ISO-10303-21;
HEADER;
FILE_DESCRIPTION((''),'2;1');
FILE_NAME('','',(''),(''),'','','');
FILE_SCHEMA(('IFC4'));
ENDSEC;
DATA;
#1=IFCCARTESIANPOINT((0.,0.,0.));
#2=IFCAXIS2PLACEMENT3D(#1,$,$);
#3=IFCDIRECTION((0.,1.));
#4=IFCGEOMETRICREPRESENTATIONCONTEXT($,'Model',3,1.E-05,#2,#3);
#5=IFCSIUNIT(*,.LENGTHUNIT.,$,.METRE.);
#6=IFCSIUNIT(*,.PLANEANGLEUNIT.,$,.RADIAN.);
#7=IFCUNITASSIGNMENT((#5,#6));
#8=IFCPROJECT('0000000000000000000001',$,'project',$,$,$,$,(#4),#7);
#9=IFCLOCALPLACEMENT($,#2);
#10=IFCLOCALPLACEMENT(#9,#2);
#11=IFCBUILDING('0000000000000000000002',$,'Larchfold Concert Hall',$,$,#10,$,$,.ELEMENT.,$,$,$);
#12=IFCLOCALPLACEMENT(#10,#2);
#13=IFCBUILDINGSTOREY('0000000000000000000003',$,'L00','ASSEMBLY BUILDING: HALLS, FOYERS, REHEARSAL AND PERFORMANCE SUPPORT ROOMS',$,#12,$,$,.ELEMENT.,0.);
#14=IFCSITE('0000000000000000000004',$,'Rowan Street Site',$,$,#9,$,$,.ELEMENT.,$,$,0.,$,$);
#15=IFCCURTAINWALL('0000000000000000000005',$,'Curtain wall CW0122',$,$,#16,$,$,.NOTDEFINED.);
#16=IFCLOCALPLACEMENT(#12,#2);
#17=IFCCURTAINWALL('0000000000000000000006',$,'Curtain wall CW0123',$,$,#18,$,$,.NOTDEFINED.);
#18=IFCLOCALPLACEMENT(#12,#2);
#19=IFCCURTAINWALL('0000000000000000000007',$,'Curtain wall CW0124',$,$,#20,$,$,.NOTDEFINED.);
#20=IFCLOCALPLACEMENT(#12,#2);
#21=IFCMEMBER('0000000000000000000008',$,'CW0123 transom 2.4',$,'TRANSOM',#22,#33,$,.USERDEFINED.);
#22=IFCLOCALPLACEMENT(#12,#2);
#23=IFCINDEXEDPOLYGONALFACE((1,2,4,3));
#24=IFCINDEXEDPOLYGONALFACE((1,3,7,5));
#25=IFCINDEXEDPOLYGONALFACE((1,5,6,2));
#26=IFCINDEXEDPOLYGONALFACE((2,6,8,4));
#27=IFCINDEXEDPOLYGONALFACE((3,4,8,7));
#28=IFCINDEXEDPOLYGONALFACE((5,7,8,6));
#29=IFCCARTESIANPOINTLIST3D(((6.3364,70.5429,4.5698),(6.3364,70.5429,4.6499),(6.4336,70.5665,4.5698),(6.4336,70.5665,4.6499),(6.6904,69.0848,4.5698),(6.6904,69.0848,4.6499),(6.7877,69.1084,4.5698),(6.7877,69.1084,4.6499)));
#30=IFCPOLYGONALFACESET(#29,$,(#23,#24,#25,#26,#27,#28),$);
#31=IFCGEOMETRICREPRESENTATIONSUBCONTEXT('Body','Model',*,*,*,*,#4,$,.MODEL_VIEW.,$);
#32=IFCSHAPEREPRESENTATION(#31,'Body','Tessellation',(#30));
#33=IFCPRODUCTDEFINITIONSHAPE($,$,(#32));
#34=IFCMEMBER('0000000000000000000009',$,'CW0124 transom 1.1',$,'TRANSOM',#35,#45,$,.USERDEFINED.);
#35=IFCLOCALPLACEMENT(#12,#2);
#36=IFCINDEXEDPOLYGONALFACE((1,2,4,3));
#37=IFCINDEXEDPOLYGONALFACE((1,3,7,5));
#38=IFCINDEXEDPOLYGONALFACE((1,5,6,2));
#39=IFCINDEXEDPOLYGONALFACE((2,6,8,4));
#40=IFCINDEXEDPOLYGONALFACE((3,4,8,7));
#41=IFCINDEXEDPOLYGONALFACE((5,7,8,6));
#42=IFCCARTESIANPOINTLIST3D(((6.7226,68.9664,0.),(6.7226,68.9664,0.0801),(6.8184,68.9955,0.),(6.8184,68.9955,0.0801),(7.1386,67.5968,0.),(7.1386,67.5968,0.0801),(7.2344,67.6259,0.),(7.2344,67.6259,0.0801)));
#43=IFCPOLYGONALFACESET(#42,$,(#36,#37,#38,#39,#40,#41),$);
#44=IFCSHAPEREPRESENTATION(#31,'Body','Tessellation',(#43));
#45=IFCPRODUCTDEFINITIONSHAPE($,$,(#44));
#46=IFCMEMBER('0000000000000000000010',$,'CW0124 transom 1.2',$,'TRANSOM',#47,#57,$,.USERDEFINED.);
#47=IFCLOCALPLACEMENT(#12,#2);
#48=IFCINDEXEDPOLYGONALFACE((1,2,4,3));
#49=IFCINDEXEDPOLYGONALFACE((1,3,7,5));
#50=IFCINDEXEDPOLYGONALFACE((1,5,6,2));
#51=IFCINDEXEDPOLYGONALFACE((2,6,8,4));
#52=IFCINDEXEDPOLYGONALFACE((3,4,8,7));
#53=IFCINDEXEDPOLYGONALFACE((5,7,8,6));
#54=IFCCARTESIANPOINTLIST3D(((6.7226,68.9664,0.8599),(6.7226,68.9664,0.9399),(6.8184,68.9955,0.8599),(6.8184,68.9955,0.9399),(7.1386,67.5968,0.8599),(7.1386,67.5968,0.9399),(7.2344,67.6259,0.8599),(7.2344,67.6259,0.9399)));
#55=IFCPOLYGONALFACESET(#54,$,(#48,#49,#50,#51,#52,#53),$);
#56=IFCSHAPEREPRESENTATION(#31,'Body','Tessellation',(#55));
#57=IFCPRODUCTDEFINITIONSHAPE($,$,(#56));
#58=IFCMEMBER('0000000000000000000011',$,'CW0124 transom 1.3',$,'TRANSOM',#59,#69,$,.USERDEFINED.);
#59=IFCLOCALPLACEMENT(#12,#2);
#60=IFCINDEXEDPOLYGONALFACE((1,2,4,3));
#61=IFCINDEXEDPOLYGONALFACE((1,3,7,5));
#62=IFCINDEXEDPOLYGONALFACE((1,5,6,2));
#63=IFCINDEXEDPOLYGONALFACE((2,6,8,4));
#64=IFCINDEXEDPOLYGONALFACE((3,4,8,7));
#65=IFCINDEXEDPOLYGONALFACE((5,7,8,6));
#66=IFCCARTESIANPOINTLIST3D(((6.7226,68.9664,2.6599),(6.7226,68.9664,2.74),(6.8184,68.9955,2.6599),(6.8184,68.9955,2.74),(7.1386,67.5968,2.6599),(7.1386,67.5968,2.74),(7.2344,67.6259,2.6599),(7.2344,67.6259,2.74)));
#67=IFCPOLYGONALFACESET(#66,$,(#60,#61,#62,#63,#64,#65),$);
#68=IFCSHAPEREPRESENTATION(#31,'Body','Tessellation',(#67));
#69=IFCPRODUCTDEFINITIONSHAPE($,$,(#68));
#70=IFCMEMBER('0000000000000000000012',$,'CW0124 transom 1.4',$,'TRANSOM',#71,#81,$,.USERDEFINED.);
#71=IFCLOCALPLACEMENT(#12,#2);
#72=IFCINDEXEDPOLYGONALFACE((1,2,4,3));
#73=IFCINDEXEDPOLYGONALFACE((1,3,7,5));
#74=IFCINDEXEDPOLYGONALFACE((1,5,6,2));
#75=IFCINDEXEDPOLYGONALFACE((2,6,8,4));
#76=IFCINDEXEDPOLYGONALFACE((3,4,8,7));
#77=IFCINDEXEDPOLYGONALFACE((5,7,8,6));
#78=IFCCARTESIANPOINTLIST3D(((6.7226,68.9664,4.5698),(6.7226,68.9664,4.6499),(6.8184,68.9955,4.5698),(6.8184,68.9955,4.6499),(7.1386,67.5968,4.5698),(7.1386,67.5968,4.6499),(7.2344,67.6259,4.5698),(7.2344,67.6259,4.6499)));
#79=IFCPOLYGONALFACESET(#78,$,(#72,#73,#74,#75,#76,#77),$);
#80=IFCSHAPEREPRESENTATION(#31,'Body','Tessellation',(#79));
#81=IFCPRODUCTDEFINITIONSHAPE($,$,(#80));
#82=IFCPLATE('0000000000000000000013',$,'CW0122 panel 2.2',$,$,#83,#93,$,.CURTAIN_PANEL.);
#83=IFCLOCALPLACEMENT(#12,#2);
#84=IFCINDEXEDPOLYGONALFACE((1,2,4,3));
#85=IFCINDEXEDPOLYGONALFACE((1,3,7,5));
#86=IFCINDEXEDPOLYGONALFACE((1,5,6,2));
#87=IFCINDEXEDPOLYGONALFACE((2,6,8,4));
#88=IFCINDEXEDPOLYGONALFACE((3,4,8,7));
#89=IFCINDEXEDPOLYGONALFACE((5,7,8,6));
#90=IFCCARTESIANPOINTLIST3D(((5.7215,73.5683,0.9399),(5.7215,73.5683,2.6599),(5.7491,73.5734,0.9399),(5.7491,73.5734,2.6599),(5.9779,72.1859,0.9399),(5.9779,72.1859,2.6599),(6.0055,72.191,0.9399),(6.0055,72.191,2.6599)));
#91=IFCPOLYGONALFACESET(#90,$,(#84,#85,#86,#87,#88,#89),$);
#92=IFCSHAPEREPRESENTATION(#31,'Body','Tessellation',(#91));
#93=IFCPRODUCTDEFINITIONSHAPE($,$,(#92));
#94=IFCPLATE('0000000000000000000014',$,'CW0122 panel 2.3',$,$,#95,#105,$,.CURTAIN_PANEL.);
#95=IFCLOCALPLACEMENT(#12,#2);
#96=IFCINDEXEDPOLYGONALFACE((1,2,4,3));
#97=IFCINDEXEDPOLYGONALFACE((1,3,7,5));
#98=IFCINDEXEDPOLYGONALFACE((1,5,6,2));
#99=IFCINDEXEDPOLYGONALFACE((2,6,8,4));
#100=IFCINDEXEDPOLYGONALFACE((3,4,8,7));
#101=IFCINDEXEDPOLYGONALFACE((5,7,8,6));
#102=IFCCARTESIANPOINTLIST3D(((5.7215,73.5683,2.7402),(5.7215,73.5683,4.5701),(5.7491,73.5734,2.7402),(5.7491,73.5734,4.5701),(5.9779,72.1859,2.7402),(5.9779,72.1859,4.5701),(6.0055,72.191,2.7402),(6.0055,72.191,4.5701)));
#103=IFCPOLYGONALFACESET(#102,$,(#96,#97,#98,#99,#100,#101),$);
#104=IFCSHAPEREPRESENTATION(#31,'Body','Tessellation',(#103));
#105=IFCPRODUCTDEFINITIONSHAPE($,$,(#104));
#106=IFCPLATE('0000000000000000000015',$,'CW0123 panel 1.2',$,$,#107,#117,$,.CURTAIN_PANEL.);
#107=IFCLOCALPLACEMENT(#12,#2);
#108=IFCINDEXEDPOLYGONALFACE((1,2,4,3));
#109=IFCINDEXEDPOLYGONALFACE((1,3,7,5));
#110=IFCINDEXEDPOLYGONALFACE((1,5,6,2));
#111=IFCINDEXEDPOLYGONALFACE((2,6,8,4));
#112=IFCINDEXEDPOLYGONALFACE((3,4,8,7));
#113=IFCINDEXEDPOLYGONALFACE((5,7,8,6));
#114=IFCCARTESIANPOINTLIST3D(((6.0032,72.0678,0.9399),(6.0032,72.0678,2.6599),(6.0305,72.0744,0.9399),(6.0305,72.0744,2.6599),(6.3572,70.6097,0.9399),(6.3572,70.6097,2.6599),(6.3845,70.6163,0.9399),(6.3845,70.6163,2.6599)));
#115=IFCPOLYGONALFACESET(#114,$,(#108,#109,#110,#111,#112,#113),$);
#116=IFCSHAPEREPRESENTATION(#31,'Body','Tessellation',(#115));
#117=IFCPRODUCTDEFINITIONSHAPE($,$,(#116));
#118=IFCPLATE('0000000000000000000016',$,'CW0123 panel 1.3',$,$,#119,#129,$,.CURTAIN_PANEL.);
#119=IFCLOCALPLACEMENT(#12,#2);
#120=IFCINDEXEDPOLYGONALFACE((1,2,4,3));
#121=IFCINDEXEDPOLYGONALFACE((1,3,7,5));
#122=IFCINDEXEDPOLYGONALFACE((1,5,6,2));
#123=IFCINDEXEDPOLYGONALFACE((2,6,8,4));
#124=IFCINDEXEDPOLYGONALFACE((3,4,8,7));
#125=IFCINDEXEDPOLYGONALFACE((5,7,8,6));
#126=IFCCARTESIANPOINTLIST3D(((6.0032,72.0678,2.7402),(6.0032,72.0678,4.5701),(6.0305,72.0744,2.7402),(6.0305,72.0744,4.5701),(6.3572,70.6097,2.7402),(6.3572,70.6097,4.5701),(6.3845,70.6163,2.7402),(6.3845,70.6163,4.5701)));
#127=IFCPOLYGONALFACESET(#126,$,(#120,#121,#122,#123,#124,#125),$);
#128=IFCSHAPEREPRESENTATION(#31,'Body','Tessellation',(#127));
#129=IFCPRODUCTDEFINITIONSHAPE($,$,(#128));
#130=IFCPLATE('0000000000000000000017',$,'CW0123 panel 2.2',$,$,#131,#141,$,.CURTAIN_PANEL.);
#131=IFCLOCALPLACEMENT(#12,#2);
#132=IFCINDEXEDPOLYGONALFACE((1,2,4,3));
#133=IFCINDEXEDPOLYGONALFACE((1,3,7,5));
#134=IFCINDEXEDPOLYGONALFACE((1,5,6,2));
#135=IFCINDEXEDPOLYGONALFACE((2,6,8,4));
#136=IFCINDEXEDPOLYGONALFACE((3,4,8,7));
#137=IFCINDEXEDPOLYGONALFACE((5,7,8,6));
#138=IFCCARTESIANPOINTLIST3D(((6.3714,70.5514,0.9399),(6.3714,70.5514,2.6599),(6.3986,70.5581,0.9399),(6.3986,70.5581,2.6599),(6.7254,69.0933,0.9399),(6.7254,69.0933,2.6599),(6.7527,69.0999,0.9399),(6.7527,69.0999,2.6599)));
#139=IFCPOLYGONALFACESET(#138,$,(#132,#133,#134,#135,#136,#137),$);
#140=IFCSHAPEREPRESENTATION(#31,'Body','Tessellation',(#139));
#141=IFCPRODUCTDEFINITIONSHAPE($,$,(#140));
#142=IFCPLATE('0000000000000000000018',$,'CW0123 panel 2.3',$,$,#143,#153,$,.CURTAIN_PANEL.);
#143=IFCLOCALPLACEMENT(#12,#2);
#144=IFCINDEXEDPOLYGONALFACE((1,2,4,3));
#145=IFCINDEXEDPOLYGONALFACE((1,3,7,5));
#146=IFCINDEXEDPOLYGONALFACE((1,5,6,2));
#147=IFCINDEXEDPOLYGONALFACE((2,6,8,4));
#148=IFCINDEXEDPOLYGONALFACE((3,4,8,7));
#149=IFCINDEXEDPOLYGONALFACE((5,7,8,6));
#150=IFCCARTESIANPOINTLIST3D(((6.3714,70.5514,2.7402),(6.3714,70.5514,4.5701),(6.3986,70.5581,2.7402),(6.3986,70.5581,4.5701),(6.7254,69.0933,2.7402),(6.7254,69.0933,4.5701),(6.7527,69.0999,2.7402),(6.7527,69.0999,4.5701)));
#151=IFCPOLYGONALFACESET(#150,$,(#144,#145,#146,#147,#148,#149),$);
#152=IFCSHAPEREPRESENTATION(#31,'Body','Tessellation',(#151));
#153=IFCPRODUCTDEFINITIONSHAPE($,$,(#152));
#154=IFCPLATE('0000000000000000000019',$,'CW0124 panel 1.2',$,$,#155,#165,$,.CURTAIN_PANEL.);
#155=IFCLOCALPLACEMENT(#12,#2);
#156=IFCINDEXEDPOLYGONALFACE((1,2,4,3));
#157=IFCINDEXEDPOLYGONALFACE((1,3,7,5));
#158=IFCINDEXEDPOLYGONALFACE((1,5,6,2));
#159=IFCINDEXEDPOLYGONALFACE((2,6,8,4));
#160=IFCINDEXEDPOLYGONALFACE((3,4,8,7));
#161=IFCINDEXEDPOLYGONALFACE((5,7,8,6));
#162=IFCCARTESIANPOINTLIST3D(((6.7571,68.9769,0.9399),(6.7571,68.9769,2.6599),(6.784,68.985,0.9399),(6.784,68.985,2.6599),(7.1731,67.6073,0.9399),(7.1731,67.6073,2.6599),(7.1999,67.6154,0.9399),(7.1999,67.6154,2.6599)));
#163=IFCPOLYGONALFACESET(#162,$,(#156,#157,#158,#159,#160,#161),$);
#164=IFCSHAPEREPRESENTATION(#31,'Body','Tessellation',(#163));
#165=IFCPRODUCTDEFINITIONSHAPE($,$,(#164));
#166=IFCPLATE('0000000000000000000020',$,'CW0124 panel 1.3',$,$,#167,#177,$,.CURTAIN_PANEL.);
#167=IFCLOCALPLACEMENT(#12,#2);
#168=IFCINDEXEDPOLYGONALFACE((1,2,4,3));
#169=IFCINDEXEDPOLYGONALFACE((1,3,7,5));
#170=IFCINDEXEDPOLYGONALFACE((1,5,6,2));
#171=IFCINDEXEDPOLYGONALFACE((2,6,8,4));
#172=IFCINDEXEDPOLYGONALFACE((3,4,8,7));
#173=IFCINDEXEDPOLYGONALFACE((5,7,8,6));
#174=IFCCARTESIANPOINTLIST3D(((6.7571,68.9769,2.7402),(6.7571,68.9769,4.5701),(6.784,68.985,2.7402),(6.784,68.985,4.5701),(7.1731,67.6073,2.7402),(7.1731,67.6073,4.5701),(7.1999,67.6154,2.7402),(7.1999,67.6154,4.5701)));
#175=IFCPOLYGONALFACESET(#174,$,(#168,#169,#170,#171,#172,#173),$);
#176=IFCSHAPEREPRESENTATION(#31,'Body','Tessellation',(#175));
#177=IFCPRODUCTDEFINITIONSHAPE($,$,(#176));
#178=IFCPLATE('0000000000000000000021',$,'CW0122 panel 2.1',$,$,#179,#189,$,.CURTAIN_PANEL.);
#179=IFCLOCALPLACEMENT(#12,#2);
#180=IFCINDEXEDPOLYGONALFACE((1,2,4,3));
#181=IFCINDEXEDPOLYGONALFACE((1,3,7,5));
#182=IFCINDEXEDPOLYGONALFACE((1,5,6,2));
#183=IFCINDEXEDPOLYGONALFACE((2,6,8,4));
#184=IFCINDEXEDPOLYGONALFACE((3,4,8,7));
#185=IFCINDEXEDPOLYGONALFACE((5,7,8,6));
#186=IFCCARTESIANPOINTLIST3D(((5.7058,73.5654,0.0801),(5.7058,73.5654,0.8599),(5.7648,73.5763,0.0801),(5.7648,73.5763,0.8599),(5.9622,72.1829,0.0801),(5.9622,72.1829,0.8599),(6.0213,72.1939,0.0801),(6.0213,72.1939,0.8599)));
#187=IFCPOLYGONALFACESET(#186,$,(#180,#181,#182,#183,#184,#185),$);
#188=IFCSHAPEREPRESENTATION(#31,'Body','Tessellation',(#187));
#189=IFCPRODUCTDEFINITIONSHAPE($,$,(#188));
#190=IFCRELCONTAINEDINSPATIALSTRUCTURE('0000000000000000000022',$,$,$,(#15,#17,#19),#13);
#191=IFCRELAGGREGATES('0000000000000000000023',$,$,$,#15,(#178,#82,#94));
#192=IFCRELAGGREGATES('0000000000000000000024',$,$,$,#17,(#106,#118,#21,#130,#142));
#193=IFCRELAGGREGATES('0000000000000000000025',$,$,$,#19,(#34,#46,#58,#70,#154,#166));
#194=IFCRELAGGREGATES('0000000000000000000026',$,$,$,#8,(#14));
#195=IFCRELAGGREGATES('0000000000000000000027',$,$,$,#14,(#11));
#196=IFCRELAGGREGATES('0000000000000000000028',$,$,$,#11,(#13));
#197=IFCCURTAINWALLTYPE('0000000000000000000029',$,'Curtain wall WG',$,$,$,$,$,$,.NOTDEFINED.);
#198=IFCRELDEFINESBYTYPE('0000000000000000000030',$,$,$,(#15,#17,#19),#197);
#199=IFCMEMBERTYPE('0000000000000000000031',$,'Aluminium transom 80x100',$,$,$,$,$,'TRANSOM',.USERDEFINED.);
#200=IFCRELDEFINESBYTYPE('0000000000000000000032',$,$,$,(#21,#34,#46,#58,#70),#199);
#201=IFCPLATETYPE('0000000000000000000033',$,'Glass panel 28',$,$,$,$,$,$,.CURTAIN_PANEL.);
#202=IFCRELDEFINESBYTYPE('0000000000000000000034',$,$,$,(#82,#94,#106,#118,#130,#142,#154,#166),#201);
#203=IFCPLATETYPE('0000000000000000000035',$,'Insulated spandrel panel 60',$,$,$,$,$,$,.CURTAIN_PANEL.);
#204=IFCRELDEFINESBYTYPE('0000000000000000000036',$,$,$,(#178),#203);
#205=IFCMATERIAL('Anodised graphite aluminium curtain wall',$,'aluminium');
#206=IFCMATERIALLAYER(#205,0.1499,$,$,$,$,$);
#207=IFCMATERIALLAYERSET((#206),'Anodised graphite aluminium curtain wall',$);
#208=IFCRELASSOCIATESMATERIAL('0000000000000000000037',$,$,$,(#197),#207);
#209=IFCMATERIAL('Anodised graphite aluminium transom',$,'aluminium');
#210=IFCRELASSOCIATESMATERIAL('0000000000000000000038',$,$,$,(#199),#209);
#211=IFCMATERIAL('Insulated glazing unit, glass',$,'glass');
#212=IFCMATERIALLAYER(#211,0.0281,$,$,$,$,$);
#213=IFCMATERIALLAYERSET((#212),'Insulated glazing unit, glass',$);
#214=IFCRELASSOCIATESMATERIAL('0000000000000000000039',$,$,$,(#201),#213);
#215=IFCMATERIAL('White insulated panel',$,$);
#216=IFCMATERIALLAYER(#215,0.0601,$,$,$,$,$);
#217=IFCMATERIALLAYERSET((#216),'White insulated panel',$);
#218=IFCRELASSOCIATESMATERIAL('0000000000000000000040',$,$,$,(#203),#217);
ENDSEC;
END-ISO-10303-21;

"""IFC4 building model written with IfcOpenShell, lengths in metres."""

from ifc_helpers import new_model, si_unit, direction, frame, origin, origin_2d, place, context, subcontext, project, spatial, rectangle, extrude, material, layer, layer_set, material_profile, profile_set, type_object, element, aggregate, save


model = new_model("IFC4")

# Units and contexts
model_context = context("Model", 3, precision=1e-05, world=origin(), true_north=direction((0.0, 1.0)))
body_context = subcontext(model_context, "Body", "Model", "MODEL_VIEW")
ifc_project = project(units=[si_unit("LENGTHUNIT", "METRE"), si_unit("PLANEANGLEUNIT", "RADIAN")], contexts=[model_context])

# Site, building, storey
site_placement = place(None, origin())
site = spatial("IfcSite", under=ifc_project, at=site_placement, Name="Rowan Street Site", CompositionType="ELEMENT", RefElevation=0.0)
building_placement = place(site_placement, origin())
building = spatial("IfcBuilding", under=site, at=building_placement, Name="Larchfold Concert Hall", CompositionType="ELEMENT")
storey_placement = place(building_placement, origin())
storey = spatial("IfcBuildingStorey", under=building, at=storey_placement, Name="L00", Description="ASSEMBLY BUILDING: HALLS, FOYERS, REHEARSAL AND PERFORMANCE SUPPORT ROOMS", CompositionType="ELEMENT", Elevation=0.0)

# Curtain wall
ifc_material_1 = material(Name="Anodised graphite aluminium curtain wall", Category="aluminium")
ifc_layer_1 = layer(ifc_material_1, 0.1499)
ifc_layer_set_1 = layer_set([ifc_layer_1], Name="Anodised graphite aluminium curtain wall")
curtain_wall_type = type_object("IfcCurtainWallType", Name="Curtain wall WG", PredefinedType="NOTDEFINED", material=ifc_layer_set_1)
curtain_wall_1_placement = place(storey_placement, origin())
curtain_wall_1 = element("IfcCurtainWall", 1, at=curtain_wall_1_placement, inside=storey, type_object=curtain_wall_type, Name="Curtain wall CW0122", PredefinedType="NOTDEFINED")

# Curtain wall
curtain_wall_2_placement = place(storey_placement, origin())
curtain_wall_2 = element("IfcCurtainWall", 2, at=curtain_wall_2_placement, inside=storey, type_object=curtain_wall_type, Name="Curtain wall CW0123", PredefinedType="NOTDEFINED")

# Curtain wall
curtain_wall_3_placement = place(storey_placement, origin())
curtain_wall_3 = element("IfcCurtainWall", 3, at=curtain_wall_3_placement, inside=storey, type_object=curtain_wall_type, Name="Curtain wall CW0124", PredefinedType="NOTDEFINED")

# Members
ifc_material_2 = material(Name="Anodised graphite aluminium transom", Category="aluminium")
ifc_material_profile_1 = material_profile(ifc_material_2, rectangle(XDim=0.1001, YDim=0.0801, at=origin_2d()))
ifc_profile_set_1 = profile_set([ifc_material_profile_1], Name="Anodised graphite aluminium transom")
member_type_1 = type_object("IfcMemberType", Name="Aluminium transom 80x100", ElementType="TRANSOM", PredefinedType="USERDEFINED", material=ifc_profile_set_1)
member_1_placement = place(storey_placement, frame((6.385, 70.5547, 4.6099), z_axis=(0.235945, -0.971766, 0.0), x_axis=(0.971766, 0.235945, 0.0)))
member_1 = element("IfcMember", 4, at=member_1_placement, type_object=member_type_1, Name="CW0123 transom 2.4", ObjectType="TRANSOM", PredefinedType="USERDEFINED", context=body_context, shape_type="SweptSolid", body=[
    extrude(rectangle(XDim=0.1001, YDim=0.0801, at=origin_2d()), origin(), (0.0, 0.0, 1.0), 1.5005),
])
member_2_placement = place(storey_placement, frame((6.7705, 68.981, 0.04), z_axis=(0.290632, -0.956835, 0.0), x_axis=(0.956835, 0.290632, 0.0)))
member_2 = element("IfcMember", 5, at=member_2_placement, type_object=member_type_1, Name="CW0124 transom 1.1", ObjectType="TRANSOM", PredefinedType="USERDEFINED", context=body_context, shape_type="SweptSolid", body=[
    extrude(rectangle(XDim=0.1001, YDim=0.0801, at=origin_2d()), origin(), (0.0, 0.0, 1.0), 1.4314),
])
member_3_placement = place(storey_placement, frame((6.7705, 68.981, 0.8999), z_axis=(0.290632, -0.956835, 0.0), x_axis=(0.956835, 0.290632, 0.0)))
member_3 = element("IfcMember", 6, at=member_3_placement, type_object=member_type_1, Name="CW0124 transom 1.2", ObjectType="TRANSOM", PredefinedType="USERDEFINED", context=body_context, shape_type="SweptSolid", body=[
    extrude(rectangle(XDim=0.1001, YDim=0.0801, at=origin_2d()), origin(), (0.0, 0.0, 1.0), 1.4314),
])
member_4_placement = place(storey_placement, frame((6.7705, 68.981, 2.7), z_axis=(0.290632, -0.956835, 0.0), x_axis=(0.956835, 0.290632, 0.0)))
member_4 = element("IfcMember", 7, at=member_4_placement, type_object=member_type_1, Name="CW0124 transom 1.3", ObjectType="TRANSOM", PredefinedType="USERDEFINED", context=body_context, shape_type="SweptSolid", body=[
    extrude(rectangle(XDim=0.1001, YDim=0.0801, at=origin_2d()), origin(), (0.0, 0.0, 1.0), 1.4314),
])
member_5_placement = place(storey_placement, frame((6.7705, 68.981, 4.6099), z_axis=(0.290632, -0.956835, 0.0), x_axis=(0.956835, 0.290632, 0.0)))
member_5 = element("IfcMember", 8, at=member_5_placement, type_object=member_type_1, Name="CW0124 transom 1.4", ObjectType="TRANSOM", PredefinedType="USERDEFINED", context=body_context, shape_type="SweptSolid", body=[
    extrude(rectangle(XDim=0.1001, YDim=0.0801, at=origin_2d()), origin(), (0.0, 0.0, 1.0), 1.4314),
])

# Plates
ifc_material_3 = material(Name="Insulated glazing unit, glass", Category="glass")
ifc_layer_2 = layer(ifc_material_3, 0.0281)
ifc_layer_set_2 = layer_set([ifc_layer_2], Name="Insulated glazing unit, glass")
plate_type_1 = type_object("IfcPlateType", Name="Glass panel 28", PredefinedType="CURTAIN_PANEL", material=ifc_layer_set_2)
plate_1_placement = place(storey_placement, frame((5.8635, 72.8796, 0.9399), z_axis=(0.0, 0.0, 1.0), x_axis=(0.182367, -0.983231, 0.0)))
plate_1 = element("IfcPlate", 9, at=plate_1_placement, type_object=plate_type_1, Name="CW0122 panel 2.2", PredefinedType="CURTAIN_PANEL", context=body_context, shape_type="SweptSolid", body=[
    extrude(rectangle(XDim=1.406, YDim=0.0281, at=origin_2d()), origin(), (0.0, 0.0, 1.0), 1.72),
])
plate_2_placement = place(storey_placement, frame((5.8635, 72.8796, 2.7402), z_axis=(0.0, 0.0, 1.0), x_axis=(0.182367, -0.983231, 0.0)))
plate_2 = element("IfcPlate", 10, at=plate_2_placement, type_object=plate_type_1, Name="CW0122 panel 2.3", PredefinedType="CURTAIN_PANEL", context=body_context, shape_type="SweptSolid", body=[
    extrude(rectangle(XDim=1.406, YDim=0.0281, at=origin_2d()), origin(), (0.0, 0.0, 1.0), 1.8298),
])
plate_3_placement = place(storey_placement, frame((6.1938, 71.342, 0.9399), z_axis=(0.0, 0.0, 1.0), x_axis=(0.235938, -0.971768, 0.0)))
plate_3 = element("IfcPlate", 11, at=plate_3_placement, type_object=plate_type_1, Name="CW0123 panel 1.2", PredefinedType="CURTAIN_PANEL", context=body_context, shape_type="SweptSolid", body=[
    extrude(rectangle(XDim=1.5005, YDim=0.0281, at=origin_2d()), origin(), (0.0, 0.0, 1.0), 1.72),
])
plate_4_placement = place(storey_placement, frame((6.1938, 71.342, 2.7402), z_axis=(0.0, 0.0, 1.0), x_axis=(0.235938, -0.971768, 0.0)))
plate_4 = element("IfcPlate", 12, at=plate_4_placement, type_object=plate_type_1, Name="CW0123 panel 1.3", PredefinedType="CURTAIN_PANEL", context=body_context, shape_type="SweptSolid", body=[
    extrude(rectangle(XDim=1.5005, YDim=0.0281, at=origin_2d()), origin(), (0.0, 0.0, 1.0), 1.8298),
])
plate_5_placement = place(storey_placement, frame((6.562, 69.8257, 0.9399), z_axis=(0.0, 0.0, 1.0), x_axis=(0.235938, -0.971768, 0.0)))
plate_5 = element("IfcPlate", 13, at=plate_5_placement, type_object=plate_type_1, Name="CW0123 panel 2.2", PredefinedType="CURTAIN_PANEL", context=body_context, shape_type="SweptSolid", body=[
    extrude(rectangle(XDim=1.5005, YDim=0.0281, at=origin_2d()), origin(), (0.0, 0.0, 1.0), 1.72),
])
plate_6_placement = place(storey_placement, frame((6.562, 69.8257, 2.7402), z_axis=(0.0, 0.0, 1.0), x_axis=(0.235938, -0.971768, 0.0)))
plate_6 = element("IfcPlate", 14, at=plate_6_placement, type_object=plate_type_1, Name="CW0123 panel 2.3", PredefinedType="CURTAIN_PANEL", context=body_context, shape_type="SweptSolid", body=[
    extrude(rectangle(XDim=1.5005, YDim=0.0281, at=origin_2d()), origin(), (0.0, 0.0, 1.0), 1.8298),
])
plate_7_placement = place(storey_placement, frame((6.9785, 68.2961, 0.9399), z_axis=(0.0, 0.0, 1.0), x_axis=(0.290622, -0.956838, 0.0)))
plate_7 = element("IfcPlate", 15, at=plate_7_placement, type_object=plate_type_1, Name="CW0124 panel 1.2", PredefinedType="CURTAIN_PANEL", context=body_context, shape_type="SweptSolid", body=[
    extrude(rectangle(XDim=1.4314, YDim=0.0281, at=origin_2d()), origin(), (0.0, 0.0, 1.0), 1.72),
])
plate_8_placement = place(storey_placement, frame((6.9785, 68.2961, 2.7402), z_axis=(0.0, 0.0, 1.0), x_axis=(0.290622, -0.956838, 0.0)))
plate_8 = element("IfcPlate", 16, at=plate_8_placement, type_object=plate_type_1, Name="CW0124 panel 1.3", PredefinedType="CURTAIN_PANEL", context=body_context, shape_type="SweptSolid", body=[
    extrude(rectangle(XDim=1.4314, YDim=0.0281, at=origin_2d()), origin(), (0.0, 0.0, 1.0), 1.8298),
])
ifc_material_4 = material(Name="White insulated panel")
ifc_layer_3 = layer(ifc_material_4, 0.0601)
ifc_layer_set_3 = layer_set([ifc_layer_3], Name="White insulated panel")
plate_type_2 = type_object("IfcPlateType", Name="Insulated spandrel panel 60", PredefinedType="CURTAIN_PANEL", material=ifc_layer_set_3)
plate_9_placement = place(storey_placement, frame((5.8635, 72.8796, 0.0801), z_axis=(0.0, 0.0, 1.0), x_axis=(0.182367, -0.983231, 0.0)))
plate_9 = element("IfcPlate", 17, at=plate_9_placement, type_object=plate_type_2, Name="CW0122 panel 2.1", PredefinedType="CURTAIN_PANEL", context=body_context, shape_type="SweptSolid", body=[
    extrude(rectangle(XDim=1.406, YDim=0.0601, at=origin_2d()), origin(), (0.0, 0.0, 1.0), 0.7798),
])
aggregate(curtain_wall_1, [plate_9, plate_1, plate_2])
aggregate(curtain_wall_2, [plate_3, plate_4, member_1, plate_5, plate_6])
aggregate(curtain_wall_3, [member_2, member_3, member_4, member_5, plate_7, plate_8])

save(model, "model.ifc")
